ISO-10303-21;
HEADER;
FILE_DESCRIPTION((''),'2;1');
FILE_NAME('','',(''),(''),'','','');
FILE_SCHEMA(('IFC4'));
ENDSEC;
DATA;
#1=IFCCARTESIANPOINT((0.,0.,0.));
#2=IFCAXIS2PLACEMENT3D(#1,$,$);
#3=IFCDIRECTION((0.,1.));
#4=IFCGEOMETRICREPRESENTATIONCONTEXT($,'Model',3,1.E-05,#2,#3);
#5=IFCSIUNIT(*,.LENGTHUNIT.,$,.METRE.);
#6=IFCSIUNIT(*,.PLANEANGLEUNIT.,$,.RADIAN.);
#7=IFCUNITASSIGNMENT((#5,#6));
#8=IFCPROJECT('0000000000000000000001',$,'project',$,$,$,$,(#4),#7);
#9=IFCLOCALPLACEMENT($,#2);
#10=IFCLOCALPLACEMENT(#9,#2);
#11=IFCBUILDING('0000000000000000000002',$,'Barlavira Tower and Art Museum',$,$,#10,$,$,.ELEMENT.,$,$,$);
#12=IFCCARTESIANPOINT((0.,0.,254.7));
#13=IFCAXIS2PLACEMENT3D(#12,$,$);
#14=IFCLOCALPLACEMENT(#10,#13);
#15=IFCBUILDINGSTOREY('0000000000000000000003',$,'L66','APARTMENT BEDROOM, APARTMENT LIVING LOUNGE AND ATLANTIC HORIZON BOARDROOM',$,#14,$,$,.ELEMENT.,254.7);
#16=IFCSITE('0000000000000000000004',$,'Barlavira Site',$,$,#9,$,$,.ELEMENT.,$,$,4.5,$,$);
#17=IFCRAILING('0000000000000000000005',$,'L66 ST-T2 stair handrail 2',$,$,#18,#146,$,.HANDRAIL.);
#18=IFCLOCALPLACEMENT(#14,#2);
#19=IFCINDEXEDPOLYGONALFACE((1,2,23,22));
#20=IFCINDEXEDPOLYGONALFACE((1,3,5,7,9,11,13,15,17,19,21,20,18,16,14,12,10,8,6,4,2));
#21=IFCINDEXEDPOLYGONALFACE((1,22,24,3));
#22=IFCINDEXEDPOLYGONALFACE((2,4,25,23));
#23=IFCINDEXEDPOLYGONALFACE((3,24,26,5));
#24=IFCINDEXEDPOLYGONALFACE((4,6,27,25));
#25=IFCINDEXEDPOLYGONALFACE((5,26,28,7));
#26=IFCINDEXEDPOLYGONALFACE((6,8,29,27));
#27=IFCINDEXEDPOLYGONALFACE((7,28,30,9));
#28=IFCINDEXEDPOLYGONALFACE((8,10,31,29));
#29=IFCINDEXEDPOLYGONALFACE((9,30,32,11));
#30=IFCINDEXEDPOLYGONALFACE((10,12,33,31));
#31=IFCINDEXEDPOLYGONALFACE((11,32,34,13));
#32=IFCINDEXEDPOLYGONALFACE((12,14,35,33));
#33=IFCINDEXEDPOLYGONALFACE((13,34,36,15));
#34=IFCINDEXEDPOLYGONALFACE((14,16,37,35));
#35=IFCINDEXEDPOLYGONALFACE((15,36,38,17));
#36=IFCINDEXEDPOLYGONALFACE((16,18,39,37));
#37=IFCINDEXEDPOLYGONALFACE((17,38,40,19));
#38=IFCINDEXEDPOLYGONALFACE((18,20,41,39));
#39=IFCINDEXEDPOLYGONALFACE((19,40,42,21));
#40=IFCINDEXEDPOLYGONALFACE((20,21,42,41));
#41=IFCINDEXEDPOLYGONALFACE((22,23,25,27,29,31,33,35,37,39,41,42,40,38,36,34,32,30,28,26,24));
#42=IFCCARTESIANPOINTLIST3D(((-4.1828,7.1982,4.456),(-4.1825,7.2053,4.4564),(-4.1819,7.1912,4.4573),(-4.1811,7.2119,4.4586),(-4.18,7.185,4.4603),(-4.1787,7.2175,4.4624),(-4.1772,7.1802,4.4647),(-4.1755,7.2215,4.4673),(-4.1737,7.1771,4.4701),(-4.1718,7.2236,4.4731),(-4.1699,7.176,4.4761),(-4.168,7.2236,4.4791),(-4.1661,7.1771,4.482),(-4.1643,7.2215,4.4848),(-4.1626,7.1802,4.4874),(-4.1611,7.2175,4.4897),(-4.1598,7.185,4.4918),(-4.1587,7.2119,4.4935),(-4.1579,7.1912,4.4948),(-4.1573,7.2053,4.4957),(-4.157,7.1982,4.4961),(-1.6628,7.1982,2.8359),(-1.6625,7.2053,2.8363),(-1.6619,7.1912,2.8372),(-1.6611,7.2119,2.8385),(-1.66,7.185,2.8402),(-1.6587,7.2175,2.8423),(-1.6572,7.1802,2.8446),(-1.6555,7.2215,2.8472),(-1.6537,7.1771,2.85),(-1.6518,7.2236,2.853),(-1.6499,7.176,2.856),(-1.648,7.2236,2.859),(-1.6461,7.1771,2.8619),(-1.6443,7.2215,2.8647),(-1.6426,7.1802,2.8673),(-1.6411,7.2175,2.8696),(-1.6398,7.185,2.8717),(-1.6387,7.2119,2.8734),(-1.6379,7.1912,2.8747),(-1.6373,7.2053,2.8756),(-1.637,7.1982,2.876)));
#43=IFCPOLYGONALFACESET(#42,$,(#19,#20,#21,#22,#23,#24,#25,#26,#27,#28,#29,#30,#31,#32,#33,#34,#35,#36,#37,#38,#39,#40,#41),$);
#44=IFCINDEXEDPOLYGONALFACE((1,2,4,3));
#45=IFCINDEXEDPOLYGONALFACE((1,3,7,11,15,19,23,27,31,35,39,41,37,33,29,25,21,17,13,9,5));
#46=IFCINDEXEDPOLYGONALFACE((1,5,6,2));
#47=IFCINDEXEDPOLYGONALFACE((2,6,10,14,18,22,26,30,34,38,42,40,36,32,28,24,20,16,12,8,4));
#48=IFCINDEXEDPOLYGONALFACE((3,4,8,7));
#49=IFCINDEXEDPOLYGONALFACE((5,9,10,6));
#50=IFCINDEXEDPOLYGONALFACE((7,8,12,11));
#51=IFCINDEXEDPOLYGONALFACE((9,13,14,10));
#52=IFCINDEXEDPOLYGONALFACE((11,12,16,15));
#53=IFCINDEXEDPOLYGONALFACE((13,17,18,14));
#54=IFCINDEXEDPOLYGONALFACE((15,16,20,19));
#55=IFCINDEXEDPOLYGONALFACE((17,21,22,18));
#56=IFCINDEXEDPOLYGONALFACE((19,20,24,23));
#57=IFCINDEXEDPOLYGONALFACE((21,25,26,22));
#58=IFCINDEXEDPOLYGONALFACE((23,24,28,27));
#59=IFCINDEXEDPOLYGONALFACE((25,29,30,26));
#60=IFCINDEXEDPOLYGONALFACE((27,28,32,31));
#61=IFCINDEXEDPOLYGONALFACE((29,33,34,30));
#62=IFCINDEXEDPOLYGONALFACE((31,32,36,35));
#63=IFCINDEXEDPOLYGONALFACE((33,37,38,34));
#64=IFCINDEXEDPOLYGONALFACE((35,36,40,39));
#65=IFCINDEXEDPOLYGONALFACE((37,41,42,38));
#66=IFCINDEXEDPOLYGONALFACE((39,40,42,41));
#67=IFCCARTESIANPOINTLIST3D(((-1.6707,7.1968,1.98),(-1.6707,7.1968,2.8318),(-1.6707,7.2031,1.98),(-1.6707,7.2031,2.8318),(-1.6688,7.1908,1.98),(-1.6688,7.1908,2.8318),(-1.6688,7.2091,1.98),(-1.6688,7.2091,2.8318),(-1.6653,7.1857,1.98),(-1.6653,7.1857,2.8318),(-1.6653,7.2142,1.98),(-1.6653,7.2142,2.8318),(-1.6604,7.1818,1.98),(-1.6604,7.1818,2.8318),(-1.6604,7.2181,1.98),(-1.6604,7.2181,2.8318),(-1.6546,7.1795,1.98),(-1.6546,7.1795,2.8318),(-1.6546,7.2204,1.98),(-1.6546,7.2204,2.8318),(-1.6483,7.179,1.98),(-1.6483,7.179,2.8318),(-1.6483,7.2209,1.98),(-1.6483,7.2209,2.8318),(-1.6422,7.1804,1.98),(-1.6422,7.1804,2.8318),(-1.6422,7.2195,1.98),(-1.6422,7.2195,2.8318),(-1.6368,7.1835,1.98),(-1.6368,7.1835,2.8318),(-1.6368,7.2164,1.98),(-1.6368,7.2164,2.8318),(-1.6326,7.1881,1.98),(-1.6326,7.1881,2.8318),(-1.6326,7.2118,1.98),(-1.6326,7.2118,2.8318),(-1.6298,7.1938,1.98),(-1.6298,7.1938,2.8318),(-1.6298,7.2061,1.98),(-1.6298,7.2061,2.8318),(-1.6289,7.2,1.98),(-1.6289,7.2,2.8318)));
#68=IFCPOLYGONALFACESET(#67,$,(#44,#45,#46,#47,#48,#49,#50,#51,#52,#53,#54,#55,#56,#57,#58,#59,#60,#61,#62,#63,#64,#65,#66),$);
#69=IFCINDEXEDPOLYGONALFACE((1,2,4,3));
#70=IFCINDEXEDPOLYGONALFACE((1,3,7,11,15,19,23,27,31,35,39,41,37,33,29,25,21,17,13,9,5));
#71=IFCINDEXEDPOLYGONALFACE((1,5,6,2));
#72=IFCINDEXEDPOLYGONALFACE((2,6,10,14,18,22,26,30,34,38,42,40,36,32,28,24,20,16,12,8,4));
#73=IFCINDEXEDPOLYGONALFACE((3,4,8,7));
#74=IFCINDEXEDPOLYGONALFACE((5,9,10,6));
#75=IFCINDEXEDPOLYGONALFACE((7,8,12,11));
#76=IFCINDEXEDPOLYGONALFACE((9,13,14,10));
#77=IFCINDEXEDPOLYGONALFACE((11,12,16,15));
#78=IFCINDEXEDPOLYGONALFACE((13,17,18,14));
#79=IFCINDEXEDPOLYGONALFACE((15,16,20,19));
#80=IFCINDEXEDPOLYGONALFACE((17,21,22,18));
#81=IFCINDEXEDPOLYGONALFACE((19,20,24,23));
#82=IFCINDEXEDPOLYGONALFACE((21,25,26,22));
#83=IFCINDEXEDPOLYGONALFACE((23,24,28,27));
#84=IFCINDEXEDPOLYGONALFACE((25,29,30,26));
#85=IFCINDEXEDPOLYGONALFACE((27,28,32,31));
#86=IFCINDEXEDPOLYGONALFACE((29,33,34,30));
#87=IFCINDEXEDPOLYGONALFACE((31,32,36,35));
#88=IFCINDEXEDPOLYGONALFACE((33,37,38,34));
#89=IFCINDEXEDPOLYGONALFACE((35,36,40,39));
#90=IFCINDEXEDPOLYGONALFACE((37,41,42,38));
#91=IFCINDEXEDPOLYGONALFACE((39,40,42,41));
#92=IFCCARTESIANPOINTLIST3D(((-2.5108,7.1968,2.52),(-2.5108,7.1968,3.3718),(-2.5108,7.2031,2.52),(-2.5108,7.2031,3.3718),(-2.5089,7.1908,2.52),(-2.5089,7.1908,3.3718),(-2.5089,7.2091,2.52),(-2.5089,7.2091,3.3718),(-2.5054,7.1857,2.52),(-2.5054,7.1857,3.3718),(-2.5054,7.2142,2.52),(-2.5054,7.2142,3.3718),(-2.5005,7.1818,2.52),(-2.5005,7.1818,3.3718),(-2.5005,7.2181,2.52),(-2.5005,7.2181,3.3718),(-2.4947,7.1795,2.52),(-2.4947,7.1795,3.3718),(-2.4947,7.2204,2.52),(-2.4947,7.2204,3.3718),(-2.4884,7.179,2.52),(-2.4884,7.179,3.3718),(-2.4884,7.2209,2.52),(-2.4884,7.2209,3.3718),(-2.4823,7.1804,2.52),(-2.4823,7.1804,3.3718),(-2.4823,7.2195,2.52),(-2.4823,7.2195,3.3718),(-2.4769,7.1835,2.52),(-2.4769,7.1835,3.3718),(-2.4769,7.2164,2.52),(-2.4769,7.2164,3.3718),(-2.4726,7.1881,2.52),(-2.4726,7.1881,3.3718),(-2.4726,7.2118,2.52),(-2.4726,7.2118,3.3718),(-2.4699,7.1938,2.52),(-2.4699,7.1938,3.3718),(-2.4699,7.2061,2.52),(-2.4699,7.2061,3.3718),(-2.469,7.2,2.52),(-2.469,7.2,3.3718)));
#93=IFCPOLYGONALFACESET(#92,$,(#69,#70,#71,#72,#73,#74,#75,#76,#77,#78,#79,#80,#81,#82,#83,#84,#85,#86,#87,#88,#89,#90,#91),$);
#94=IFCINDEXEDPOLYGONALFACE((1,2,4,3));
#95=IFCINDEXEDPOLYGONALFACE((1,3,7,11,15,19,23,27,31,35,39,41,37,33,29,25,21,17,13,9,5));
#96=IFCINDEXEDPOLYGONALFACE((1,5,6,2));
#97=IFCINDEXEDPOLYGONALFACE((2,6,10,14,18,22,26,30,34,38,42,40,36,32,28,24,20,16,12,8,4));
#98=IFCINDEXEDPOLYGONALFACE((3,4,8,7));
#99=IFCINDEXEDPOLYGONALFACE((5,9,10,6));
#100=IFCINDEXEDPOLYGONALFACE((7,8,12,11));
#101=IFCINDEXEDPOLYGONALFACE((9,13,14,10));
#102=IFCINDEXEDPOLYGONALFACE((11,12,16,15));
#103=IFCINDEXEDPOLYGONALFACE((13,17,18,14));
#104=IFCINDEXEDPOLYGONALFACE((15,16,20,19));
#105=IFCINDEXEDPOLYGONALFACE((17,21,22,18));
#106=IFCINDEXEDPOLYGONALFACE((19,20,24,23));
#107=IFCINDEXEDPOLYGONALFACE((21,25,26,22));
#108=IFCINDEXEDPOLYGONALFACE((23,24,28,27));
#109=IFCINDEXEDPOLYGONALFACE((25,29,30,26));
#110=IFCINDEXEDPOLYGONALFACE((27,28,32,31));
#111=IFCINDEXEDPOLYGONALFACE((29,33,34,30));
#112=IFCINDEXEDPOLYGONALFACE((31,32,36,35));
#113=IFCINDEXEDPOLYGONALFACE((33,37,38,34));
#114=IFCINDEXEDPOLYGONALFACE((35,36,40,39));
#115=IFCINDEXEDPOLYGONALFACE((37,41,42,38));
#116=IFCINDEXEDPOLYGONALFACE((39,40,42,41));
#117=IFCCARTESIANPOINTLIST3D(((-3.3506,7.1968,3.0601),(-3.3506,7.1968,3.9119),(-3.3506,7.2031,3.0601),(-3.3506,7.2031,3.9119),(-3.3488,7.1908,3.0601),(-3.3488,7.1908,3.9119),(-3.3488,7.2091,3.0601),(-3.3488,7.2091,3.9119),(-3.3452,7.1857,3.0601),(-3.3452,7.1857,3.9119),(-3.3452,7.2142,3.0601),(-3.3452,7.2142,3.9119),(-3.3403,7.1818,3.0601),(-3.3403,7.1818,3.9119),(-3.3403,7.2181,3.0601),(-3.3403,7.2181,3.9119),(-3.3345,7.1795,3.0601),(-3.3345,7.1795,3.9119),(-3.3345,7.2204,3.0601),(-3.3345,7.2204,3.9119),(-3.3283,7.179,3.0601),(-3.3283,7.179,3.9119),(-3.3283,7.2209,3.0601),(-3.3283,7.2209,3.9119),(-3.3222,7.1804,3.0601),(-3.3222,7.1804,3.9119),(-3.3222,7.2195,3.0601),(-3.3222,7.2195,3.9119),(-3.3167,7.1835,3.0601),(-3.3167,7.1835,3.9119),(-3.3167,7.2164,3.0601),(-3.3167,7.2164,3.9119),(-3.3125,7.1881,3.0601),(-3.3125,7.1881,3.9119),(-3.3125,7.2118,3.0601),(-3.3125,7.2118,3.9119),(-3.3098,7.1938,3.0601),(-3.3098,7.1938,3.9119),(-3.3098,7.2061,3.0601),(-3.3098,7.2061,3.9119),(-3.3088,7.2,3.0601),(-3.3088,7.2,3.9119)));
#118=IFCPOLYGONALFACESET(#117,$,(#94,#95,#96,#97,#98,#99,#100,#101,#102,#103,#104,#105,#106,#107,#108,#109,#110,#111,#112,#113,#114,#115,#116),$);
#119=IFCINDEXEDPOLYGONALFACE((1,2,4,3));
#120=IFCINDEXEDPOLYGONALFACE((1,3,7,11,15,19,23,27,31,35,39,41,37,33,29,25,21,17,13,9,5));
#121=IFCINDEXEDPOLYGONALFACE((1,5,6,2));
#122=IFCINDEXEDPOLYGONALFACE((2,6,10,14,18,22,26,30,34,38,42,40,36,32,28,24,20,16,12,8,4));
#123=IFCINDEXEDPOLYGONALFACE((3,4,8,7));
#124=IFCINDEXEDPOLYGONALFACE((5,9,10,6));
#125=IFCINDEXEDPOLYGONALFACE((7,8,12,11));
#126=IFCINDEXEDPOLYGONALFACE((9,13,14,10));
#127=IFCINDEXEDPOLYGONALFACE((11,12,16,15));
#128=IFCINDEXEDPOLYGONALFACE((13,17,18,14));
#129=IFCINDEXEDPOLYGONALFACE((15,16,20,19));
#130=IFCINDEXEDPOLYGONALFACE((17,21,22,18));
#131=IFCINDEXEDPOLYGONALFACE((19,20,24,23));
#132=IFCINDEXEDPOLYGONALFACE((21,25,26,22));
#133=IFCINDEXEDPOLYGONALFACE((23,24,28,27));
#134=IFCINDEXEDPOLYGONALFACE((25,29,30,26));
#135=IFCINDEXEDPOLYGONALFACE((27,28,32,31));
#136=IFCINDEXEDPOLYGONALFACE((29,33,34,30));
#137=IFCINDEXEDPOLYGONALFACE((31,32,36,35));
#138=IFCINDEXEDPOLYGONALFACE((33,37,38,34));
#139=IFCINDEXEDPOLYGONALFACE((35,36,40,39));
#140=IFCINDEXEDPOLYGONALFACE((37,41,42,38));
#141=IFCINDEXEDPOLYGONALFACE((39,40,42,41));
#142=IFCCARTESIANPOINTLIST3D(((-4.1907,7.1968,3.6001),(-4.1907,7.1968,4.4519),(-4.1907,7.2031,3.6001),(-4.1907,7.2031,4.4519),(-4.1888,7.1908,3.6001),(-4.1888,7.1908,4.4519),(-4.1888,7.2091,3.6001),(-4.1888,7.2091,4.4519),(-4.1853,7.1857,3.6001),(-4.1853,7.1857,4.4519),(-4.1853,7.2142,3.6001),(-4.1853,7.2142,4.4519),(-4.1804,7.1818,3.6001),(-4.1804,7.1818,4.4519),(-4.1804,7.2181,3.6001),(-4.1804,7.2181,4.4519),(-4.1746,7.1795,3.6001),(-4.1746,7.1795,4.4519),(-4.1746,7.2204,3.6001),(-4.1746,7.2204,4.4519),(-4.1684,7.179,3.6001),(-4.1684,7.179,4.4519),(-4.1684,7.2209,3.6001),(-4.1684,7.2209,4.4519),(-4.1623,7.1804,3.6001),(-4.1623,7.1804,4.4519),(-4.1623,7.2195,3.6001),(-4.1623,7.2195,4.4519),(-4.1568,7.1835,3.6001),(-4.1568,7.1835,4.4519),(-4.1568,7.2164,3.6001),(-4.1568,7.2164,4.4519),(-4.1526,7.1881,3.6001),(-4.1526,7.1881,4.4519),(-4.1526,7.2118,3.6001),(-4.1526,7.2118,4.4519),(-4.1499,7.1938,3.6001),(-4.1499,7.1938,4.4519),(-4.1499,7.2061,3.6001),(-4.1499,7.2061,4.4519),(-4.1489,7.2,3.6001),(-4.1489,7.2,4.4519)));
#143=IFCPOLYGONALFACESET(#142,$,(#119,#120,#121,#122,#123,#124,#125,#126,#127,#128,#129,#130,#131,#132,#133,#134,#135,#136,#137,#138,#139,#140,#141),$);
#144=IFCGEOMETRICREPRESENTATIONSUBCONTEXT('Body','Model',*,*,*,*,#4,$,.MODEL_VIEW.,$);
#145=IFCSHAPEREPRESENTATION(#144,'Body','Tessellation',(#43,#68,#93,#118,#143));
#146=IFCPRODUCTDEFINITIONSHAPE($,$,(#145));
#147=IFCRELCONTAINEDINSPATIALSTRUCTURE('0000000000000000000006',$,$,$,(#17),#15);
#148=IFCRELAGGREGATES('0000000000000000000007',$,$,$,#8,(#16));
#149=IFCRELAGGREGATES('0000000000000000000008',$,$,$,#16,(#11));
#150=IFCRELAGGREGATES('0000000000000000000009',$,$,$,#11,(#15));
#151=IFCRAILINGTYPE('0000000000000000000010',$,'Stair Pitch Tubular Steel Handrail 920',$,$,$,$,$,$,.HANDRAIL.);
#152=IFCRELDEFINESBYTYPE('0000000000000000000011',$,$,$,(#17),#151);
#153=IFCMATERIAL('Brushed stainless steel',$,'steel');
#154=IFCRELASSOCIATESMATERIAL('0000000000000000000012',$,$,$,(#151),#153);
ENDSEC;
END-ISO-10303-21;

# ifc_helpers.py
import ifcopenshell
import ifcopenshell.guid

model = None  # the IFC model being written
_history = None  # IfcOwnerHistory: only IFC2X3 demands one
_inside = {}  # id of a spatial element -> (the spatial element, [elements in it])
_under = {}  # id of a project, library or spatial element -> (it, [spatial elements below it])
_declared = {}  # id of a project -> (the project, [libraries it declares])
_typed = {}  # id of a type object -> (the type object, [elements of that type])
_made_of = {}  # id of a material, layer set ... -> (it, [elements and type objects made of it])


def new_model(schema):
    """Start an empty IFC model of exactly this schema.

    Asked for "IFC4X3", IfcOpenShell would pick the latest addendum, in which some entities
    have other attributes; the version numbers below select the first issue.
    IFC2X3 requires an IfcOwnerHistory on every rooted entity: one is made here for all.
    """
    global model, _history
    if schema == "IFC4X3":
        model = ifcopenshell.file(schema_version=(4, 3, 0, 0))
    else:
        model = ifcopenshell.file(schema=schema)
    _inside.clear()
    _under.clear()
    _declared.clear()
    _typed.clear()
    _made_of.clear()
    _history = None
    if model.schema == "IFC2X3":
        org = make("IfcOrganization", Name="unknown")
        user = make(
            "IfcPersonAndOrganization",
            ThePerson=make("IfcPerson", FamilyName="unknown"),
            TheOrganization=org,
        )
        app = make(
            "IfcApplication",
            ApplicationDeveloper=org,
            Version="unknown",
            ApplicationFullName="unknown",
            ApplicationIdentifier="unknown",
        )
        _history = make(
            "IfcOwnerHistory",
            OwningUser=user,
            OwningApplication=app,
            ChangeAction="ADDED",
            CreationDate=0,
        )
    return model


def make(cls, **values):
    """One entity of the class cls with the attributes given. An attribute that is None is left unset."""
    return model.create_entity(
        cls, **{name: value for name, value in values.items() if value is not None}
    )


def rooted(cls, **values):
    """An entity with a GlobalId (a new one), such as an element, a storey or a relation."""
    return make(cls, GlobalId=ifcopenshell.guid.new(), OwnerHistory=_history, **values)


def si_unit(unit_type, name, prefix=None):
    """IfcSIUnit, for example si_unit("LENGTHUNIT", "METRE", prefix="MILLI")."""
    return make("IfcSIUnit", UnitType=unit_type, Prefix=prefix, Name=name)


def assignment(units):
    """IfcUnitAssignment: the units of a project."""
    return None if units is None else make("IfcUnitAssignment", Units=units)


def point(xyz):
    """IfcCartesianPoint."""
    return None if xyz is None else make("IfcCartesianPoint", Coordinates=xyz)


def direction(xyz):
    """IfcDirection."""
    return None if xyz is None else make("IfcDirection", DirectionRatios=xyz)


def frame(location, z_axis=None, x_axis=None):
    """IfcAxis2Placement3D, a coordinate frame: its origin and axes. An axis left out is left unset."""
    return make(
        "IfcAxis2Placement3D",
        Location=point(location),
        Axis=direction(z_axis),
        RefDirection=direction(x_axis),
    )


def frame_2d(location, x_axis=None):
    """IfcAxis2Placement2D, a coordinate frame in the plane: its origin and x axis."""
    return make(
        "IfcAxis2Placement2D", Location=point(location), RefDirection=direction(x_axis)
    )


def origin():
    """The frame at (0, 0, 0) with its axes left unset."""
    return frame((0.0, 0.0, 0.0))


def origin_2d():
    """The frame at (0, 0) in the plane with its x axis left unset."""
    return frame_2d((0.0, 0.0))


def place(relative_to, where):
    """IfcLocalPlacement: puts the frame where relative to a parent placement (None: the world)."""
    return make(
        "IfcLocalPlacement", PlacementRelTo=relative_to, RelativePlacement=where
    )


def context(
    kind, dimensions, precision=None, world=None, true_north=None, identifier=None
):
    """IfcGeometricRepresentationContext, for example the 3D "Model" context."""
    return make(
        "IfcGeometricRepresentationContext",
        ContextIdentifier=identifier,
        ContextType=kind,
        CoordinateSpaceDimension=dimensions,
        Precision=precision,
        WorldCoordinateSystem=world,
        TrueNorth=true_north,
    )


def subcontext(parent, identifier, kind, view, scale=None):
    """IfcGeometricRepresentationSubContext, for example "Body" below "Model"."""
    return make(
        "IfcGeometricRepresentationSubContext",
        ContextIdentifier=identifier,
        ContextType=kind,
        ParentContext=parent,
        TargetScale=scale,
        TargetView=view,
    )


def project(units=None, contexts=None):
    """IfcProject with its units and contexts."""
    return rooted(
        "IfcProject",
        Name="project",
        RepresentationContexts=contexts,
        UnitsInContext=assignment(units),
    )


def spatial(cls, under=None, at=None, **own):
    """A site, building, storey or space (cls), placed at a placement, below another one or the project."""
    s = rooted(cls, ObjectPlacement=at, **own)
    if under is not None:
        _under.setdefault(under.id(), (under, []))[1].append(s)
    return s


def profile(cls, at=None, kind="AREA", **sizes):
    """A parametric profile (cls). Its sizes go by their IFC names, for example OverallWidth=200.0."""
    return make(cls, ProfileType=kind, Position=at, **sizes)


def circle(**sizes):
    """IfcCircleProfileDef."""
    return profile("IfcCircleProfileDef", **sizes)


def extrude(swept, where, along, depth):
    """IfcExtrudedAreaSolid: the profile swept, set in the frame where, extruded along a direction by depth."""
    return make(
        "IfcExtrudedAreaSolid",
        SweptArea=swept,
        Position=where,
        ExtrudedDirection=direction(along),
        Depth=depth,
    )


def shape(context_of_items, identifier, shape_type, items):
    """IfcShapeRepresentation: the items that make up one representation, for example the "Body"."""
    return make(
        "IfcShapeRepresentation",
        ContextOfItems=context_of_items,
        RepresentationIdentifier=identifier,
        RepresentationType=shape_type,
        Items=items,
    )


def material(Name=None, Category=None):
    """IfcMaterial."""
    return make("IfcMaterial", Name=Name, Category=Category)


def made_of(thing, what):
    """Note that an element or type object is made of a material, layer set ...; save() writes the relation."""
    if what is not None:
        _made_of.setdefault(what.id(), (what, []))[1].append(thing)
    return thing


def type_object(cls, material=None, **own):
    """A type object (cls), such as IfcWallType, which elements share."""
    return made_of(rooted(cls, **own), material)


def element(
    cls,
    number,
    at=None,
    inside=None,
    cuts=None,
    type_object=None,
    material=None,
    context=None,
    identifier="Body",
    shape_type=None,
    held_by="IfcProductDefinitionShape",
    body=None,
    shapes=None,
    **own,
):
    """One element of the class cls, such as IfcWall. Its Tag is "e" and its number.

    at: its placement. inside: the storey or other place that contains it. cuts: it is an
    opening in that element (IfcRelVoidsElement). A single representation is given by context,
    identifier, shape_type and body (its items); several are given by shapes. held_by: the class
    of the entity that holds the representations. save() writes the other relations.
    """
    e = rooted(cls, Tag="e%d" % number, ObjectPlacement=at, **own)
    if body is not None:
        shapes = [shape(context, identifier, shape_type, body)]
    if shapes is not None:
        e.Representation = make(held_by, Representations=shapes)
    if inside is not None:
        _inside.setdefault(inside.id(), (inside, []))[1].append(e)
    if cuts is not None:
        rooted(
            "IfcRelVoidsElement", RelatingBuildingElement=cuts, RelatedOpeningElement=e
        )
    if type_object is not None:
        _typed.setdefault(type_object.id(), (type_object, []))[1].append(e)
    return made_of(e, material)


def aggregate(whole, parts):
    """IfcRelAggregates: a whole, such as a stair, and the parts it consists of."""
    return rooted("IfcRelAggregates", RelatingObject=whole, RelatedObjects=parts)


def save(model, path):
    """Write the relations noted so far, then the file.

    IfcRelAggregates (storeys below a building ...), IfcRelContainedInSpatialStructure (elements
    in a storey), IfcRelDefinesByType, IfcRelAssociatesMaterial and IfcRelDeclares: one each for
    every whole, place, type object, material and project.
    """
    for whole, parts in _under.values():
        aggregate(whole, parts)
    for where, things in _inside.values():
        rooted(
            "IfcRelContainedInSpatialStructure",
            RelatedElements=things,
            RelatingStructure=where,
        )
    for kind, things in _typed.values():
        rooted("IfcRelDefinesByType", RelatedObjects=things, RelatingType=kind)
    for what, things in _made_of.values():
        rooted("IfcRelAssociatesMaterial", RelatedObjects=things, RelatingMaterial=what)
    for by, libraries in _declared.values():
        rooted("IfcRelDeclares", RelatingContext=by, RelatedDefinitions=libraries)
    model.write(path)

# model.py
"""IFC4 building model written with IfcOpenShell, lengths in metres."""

from ifc_helpers import new_model, si_unit, direction, frame, origin, origin_2d, place, context, subcontext, project, spatial, circle, extrude, material, type_object, element, save


model = new_model("IFC4")

# Units and contexts
model_context = context("Model", 3, precision=1e-05, world=origin(), true_north=direction((0.0, 1.0)))
body_context = subcontext(model_context, "Body", "Model", "MODEL_VIEW")
ifc_project = project(units=[si_unit("LENGTHUNIT", "METRE"), si_unit("PLANEANGLEUNIT", "RADIAN")], contexts=[model_context])

# Site, building, storey
site_placement = place(None, origin())
site = spatial("IfcSite", under=ifc_project, at=site_placement, Name="Barlavira Site", CompositionType="ELEMENT", RefElevation=4.5)
building_placement = place(site_placement, origin())
building = spatial("IfcBuilding", under=site, at=building_placement, Name="Barlavira Tower and Art Museum", CompositionType="ELEMENT")
storey_placement = place(building_placement, frame((0.0, 0.0, 254.7)))
storey = spatial("IfcBuildingStorey", under=building, at=storey_placement, Name="L66", Description="APARTMENT BEDROOM, APARTMENT LIVING LOUNGE AND ATLANTIC HORIZON BOARDROOM", CompositionType="ELEMENT", Elevation=254.7)

# Shared definitions
ifc_material_1 = material(Name="Brushed stainless steel", Category="steel")

# Railing
railing_type_1 = type_object("IfcRailingType", Name="Stair Pitch Tubular Steel Handrail 920", PredefinedType="HANDRAIL", material=ifc_material_1)
railing_1_placement = place(storey_placement, frame((-1.6499, 7.2, 1.98)))
element("IfcRailing", 1, at=railing_1_placement, inside=storey, type_object=railing_type_1, Name="L66 ST-T2 stair handrail 2", PredefinedType="HANDRAIL", context=body_context, shape_type="SweptSolid", body=[
    extrude(circle(Radius=0.0239, at=origin_2d()), frame((0.0, 0.0, 0.876), z_axis=(-0.841163, 0.0, 0.540782), x_axis=(0.0, -1.0, 0.0)), (0.0, 0.0, 1.0), 2.9958),
    extrude(circle(Radius=0.021, at=origin_2d()), origin(), (0.0, 0.0, 1.0), 0.8518),
    extrude(circle(Radius=0.021, at=origin_2d()), frame((-0.8401, 0.0, 0.54)), (0.0, 0.0, 1.0), 0.8518),
    extrude(circle(Radius=0.021, at=origin_2d()), frame((-1.6799, 0.0, 1.0801)), (0.0, 0.0, 1.0), 0.8518),
    extrude(circle(Radius=0.021, at=origin_2d()), frame((-2.52, 0.0, 1.6201)), (0.0, 0.0, 1.0), 0.8518),
])

save(model, "model.ifc")
